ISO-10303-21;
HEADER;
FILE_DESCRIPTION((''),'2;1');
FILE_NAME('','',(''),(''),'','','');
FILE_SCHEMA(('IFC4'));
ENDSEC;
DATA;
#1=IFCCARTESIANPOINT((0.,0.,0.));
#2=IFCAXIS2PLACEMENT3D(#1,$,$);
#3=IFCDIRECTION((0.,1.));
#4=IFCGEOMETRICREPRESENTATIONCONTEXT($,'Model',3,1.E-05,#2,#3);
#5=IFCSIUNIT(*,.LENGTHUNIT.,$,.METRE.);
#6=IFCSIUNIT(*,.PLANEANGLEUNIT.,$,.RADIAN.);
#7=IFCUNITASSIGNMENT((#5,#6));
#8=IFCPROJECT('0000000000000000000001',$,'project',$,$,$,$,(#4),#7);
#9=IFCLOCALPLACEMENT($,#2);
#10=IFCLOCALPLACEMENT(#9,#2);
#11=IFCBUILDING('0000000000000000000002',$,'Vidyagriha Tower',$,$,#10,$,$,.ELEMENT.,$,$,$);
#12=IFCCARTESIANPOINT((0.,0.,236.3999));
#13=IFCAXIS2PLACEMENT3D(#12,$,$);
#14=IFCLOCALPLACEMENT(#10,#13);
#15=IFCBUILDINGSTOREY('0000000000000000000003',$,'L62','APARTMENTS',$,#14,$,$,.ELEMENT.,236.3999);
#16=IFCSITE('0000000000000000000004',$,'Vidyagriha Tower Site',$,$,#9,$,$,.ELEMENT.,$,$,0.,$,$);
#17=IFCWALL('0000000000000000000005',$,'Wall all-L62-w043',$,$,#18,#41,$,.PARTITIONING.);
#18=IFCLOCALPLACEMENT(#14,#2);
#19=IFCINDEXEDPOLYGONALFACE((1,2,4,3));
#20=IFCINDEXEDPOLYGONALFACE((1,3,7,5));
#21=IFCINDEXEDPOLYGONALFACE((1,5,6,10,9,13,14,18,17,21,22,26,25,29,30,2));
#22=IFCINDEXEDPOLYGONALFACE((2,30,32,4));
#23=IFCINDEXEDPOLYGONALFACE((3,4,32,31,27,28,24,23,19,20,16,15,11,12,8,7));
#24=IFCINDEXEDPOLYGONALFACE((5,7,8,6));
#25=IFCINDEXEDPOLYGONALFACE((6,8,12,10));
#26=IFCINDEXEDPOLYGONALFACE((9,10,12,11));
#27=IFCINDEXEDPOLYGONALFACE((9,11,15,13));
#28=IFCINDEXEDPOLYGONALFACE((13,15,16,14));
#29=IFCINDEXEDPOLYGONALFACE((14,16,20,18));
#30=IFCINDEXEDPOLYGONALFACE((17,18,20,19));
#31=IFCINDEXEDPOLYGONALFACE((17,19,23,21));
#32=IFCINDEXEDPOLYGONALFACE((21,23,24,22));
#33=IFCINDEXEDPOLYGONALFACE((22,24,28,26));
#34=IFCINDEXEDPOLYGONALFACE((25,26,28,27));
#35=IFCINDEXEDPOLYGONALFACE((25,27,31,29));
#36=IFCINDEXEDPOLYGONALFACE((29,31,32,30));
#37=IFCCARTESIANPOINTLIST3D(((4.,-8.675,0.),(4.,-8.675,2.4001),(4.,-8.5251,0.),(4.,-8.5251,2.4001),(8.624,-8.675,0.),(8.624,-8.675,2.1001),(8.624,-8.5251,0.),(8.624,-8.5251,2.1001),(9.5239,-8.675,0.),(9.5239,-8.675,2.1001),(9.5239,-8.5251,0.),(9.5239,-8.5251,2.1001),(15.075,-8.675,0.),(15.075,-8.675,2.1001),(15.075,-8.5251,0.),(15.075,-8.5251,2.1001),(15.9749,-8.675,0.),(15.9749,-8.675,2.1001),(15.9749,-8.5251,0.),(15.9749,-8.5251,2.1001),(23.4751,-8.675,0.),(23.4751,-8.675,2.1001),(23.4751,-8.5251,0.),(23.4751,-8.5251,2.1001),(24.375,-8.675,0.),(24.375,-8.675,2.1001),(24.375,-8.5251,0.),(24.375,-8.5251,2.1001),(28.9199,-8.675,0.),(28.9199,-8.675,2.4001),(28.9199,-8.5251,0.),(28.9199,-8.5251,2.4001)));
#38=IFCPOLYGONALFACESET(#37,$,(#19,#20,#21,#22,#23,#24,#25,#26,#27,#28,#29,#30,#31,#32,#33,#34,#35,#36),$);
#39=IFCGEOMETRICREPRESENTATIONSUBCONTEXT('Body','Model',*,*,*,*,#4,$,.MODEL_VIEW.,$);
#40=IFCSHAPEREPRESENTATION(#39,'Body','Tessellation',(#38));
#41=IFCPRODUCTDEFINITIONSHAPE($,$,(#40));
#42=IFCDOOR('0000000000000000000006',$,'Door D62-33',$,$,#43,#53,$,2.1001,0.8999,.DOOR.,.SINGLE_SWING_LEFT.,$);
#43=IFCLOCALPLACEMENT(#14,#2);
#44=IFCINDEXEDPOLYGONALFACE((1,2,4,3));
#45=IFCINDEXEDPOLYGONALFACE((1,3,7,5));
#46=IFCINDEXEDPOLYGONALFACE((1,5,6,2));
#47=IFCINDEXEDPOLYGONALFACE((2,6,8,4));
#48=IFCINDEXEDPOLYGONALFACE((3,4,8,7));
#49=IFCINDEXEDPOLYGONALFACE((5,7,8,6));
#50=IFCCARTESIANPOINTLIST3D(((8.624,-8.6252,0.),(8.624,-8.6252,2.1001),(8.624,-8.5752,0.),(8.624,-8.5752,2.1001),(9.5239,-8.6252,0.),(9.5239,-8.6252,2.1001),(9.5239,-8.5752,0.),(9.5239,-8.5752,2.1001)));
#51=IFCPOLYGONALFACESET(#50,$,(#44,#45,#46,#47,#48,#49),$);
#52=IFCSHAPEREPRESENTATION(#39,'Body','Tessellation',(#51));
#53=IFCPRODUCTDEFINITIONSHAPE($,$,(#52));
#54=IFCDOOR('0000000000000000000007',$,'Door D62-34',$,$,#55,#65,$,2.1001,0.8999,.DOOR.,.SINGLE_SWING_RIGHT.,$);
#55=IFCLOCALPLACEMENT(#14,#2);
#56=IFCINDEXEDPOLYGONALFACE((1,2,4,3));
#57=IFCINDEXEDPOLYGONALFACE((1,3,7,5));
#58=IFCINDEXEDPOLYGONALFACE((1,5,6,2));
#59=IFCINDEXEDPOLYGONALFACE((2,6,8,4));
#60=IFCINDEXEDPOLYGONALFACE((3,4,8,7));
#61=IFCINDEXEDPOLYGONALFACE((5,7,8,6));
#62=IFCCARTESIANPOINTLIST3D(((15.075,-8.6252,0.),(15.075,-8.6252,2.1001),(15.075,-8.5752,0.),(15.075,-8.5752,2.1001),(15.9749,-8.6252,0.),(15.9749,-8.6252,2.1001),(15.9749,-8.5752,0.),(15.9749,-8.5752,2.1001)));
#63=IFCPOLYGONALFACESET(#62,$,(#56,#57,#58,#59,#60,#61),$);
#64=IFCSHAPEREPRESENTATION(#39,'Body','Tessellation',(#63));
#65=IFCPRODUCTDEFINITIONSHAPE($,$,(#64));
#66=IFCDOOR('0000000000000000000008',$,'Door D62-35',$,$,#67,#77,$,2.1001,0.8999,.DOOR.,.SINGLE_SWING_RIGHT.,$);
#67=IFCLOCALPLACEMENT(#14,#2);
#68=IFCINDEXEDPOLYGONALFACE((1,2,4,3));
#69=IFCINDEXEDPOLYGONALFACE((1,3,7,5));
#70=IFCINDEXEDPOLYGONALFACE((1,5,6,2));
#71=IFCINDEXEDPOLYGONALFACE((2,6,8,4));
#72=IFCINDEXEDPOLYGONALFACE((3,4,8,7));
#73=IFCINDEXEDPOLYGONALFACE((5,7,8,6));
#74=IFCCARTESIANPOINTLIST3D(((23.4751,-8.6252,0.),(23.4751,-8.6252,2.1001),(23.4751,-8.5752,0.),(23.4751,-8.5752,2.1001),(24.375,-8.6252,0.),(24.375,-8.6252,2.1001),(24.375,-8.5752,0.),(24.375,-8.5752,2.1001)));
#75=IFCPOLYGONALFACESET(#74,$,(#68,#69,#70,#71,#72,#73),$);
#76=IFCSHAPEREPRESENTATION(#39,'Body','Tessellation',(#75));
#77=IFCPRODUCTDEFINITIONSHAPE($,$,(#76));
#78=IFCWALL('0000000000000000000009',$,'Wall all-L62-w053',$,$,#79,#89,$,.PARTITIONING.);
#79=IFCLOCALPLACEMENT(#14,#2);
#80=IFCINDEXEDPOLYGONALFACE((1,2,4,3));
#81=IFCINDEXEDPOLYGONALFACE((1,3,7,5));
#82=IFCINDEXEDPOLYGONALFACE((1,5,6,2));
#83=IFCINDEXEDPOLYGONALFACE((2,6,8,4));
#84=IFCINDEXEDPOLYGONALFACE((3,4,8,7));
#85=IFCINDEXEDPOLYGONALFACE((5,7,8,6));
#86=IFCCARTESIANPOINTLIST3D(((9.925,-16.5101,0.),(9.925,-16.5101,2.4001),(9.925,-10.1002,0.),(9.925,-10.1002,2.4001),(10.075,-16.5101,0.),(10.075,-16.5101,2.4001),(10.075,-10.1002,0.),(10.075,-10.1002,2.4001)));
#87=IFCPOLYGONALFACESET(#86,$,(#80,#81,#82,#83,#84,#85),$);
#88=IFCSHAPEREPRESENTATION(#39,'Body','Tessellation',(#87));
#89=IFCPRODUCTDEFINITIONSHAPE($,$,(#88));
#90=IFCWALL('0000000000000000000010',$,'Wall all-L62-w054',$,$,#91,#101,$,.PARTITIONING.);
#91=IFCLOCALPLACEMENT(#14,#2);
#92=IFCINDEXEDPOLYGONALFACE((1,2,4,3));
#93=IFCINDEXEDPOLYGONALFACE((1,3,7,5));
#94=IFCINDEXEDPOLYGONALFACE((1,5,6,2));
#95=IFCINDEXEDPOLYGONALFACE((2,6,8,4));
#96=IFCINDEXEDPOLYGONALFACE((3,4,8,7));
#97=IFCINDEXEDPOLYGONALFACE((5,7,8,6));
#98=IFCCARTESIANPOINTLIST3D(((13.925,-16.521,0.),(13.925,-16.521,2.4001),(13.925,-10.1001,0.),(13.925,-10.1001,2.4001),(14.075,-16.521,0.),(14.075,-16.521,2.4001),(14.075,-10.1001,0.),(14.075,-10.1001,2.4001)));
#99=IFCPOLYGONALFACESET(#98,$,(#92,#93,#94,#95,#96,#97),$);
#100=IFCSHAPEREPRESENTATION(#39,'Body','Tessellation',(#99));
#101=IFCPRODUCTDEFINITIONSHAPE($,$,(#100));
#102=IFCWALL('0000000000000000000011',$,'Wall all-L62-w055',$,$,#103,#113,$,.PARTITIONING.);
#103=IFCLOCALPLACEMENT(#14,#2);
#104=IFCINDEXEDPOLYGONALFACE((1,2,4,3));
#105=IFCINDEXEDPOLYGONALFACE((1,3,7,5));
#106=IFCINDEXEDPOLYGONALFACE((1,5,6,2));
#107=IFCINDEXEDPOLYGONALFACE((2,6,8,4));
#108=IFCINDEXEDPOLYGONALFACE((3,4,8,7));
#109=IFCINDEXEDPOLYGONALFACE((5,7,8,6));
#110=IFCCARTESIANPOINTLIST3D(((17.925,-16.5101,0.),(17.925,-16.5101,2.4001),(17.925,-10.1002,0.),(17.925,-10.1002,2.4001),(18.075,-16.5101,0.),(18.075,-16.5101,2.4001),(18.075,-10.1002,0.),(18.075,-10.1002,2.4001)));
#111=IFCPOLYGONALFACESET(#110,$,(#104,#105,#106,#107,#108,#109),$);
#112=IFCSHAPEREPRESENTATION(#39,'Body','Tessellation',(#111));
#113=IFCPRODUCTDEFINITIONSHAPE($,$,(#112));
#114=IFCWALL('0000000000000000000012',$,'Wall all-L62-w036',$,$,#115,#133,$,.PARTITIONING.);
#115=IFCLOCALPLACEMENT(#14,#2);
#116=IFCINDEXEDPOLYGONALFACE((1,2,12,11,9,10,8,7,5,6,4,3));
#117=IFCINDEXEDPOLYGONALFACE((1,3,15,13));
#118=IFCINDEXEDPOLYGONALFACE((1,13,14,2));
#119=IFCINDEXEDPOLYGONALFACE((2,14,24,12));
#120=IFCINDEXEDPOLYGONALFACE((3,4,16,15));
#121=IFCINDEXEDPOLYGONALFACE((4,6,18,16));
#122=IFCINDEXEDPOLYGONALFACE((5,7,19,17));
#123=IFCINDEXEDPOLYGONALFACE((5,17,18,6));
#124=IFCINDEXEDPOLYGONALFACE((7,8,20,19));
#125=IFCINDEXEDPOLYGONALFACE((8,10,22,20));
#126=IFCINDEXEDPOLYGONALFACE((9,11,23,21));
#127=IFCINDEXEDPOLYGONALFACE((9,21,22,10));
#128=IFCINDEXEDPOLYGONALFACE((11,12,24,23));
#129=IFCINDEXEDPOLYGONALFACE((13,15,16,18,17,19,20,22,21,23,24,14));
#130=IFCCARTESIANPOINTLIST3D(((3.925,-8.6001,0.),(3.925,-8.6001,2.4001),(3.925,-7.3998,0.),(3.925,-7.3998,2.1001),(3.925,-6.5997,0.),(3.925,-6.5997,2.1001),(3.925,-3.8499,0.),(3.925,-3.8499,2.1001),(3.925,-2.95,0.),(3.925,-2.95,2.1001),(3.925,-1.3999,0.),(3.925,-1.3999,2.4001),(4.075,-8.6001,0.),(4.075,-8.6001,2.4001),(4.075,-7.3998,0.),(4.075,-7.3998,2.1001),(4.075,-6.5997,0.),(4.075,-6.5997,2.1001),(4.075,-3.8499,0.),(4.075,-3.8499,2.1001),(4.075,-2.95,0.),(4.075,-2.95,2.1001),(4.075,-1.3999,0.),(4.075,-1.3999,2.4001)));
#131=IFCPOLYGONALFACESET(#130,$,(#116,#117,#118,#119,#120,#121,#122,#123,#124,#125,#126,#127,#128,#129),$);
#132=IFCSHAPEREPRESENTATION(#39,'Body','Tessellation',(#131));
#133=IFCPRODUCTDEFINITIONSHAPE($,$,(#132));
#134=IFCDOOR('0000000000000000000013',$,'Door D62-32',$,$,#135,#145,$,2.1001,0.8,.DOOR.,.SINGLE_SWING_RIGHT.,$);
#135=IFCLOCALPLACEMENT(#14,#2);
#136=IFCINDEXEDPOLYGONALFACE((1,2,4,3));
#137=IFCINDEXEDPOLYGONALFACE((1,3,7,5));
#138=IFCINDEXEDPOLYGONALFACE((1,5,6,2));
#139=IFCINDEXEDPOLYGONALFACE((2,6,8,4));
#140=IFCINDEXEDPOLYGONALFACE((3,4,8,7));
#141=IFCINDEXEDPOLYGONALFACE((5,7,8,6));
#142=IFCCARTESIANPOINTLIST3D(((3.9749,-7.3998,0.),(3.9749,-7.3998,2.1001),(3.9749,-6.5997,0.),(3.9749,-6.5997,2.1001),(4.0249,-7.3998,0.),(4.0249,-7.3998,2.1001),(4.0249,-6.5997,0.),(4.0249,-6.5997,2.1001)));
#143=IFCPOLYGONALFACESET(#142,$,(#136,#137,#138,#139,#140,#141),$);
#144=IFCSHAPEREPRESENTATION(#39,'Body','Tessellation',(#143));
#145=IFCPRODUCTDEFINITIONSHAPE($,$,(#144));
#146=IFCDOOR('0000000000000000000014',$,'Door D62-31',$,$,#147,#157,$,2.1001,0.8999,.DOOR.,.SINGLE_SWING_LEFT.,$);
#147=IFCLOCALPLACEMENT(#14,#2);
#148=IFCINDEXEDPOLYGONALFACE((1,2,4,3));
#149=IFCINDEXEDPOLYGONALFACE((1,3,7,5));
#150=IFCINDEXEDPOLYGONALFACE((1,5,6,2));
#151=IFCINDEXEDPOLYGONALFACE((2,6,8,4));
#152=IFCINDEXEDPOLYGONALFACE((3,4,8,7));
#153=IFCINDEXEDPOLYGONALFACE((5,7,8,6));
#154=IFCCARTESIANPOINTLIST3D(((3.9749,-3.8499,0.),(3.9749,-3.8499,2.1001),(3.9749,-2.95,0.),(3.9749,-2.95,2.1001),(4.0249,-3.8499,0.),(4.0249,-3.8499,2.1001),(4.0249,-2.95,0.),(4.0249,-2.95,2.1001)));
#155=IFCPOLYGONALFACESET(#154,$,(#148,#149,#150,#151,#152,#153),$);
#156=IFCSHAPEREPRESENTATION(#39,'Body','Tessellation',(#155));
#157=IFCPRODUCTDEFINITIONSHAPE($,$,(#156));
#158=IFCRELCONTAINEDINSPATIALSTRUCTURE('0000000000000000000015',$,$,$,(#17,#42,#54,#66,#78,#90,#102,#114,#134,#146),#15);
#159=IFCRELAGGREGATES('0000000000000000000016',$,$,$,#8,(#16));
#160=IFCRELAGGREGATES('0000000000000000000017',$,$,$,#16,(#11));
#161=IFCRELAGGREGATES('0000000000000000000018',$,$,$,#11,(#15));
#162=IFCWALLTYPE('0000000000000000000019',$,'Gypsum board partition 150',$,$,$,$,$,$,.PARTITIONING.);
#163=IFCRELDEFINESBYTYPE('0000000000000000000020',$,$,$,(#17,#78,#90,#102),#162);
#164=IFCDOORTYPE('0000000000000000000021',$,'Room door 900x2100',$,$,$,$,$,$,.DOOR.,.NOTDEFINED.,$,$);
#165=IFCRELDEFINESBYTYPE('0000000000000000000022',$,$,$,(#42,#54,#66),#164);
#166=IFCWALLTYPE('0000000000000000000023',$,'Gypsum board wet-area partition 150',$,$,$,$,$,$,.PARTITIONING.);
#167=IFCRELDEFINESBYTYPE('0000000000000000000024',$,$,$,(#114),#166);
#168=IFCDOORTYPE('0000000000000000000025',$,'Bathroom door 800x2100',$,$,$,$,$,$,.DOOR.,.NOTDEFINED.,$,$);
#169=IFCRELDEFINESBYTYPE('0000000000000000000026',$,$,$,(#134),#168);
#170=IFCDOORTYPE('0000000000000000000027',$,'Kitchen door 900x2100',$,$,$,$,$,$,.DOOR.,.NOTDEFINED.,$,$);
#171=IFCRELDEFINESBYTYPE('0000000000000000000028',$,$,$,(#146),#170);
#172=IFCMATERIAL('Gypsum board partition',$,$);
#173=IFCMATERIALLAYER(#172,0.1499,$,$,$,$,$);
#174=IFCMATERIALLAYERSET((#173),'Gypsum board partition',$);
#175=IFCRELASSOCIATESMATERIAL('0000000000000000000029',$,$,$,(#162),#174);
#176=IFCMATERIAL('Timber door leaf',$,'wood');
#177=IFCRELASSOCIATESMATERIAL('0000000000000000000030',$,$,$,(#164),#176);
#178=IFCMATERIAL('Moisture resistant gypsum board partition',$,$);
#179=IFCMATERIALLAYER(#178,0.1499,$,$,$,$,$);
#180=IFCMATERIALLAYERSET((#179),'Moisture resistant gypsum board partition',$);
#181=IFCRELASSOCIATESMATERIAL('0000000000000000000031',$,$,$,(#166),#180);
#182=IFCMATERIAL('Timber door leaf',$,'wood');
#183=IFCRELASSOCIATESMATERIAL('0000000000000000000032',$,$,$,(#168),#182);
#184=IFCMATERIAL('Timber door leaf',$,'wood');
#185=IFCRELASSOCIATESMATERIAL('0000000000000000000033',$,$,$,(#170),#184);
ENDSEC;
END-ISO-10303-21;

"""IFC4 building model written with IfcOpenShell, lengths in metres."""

from ifc_helpers import new_model, si_unit, direction, frame, frame_2d, origin, place, context, subcontext, project, spatial, rectangle, extrude, material, layer, layer_set, type_object, element, fill, save


model = new_model("IFC4")

# Units and contexts
model_context = context("Model", 3, precision=1e-05, world=origin(), true_north=direction((0.0, 1.0)))
body_context = subcontext(model_context, "Body", "Model", "MODEL_VIEW")
ifc_project = project(units=[si_unit("LENGTHUNIT", "METRE"), si_unit("PLANEANGLEUNIT", "RADIAN")], contexts=[model_context])

# Site, building, storey
site_placement = place(None, origin())
site = spatial("IfcSite", under=ifc_project, at=site_placement, Name="Vidyagriha Tower Site", CompositionType="ELEMENT", RefElevation=0.0)
building_placement = place(site_placement, origin())
building = spatial("IfcBuilding", under=site, at=building_placement, Name="Vidyagriha Tower", CompositionType="ELEMENT")
storey_placement = place(building_placement, frame((0.0, 0.0, 236.3999)))
storey = spatial("IfcBuildingStorey", under=building, at=storey_placement, Name="L62", Description="APARTMENTS", CompositionType="ELEMENT", Elevation=236.3999)

# Shared definitions
ifc_material_1 = material(Name="Gypsum board partition")
ifc_layer_1 = layer(ifc_material_1, 0.1499)
ifc_layer_set_1 = layer_set([ifc_layer_1], Name="Gypsum board partition")
wall_type_1 = type_object("IfcWallType", Name="Gypsum board partition 150", PredefinedType="PARTITIONING", material=ifc_layer_set_1)

# Wall, openings, doors
wall_1_placement = place(storey_placement, frame((4.0, -8.6001, 0.0)))
wall_1 = element("IfcWall", 1, at=wall_1_placement, inside=storey, type_object=wall_type_1, Name="Wall all-L62-w043", PredefinedType="PARTITIONING", context=body_context, shape_type="SweptSolid", body=[
    extrude(rectangle(XDim=24.9199, YDim=0.1499, at=frame_2d((12.46, 0.0))), origin(), (0.0, 0.0, 1.0), 2.4001),
])
opening_1_placement = place(wall_1_placement, frame((4.624, 0.0, 0.0)))
opening_1 = element("IfcOpeningElement", 2, at=opening_1_placement, cuts=wall_1, PredefinedType="OPENING", context=body_context, shape_type="SweptSolid", body=[
    extrude(rectangle(XDim=0.8999, YDim=2.1001, at=frame_2d((0.45, 1.05))), frame((0.0, 0.085, 0.0), z_axis=(0.0, -1.0, 0.0), x_axis=(1.0, 0.0, 0.0)), (0.0, 0.0, 1.0), 0.1699),
])
opening_2_placement = place(wall_1_placement, frame((11.075, 0.0, 0.0)))
opening_2 = element("IfcOpeningElement", 3, at=opening_2_placement, cuts=wall_1, PredefinedType="OPENING", context=body_context, shape_type="SweptSolid", body=[
    extrude(rectangle(XDim=0.8999, YDim=2.1001, at=frame_2d((0.45, 1.05))), frame((0.0, 0.085, 0.0), z_axis=(0.0, -1.0, 0.0), x_axis=(1.0, 0.0, 0.0)), (0.0, 0.0, 1.0), 0.1699),
])
opening_3_placement = place(wall_1_placement, frame((19.4751, 0.0, 0.0)))
opening_3 = element("IfcOpeningElement", 4, at=opening_3_placement, cuts=wall_1, PredefinedType="OPENING", context=body_context, shape_type="SweptSolid", body=[
    extrude(rectangle(XDim=0.8999, YDim=2.1001, at=frame_2d((0.45, 1.05))), frame((0.0, 0.085, 0.0), z_axis=(0.0, -1.0, 0.0), x_axis=(1.0, 0.0, 0.0)), (0.0, 0.0, 1.0), 0.1699),
])
ifc_material_2 = material(Name="Timber door leaf", Category="wood")
door_type_1 = type_object("IfcDoorType", Name="Room door 900x2100", OperationType="NOTDEFINED", PredefinedType="DOOR", material=ifc_material_2)
door_1_placement = place(opening_1_placement, origin())
door_1 = element("IfcDoor", 5, at=door_1_placement, inside=storey, type_object=door_type_1, Name="Door D62-33", OperationType="SINGLE_SWING_LEFT", OverallHeight=2.1001, OverallWidth=0.8999, PredefinedType="DOOR", context=body_context, shape_type="SweptSolid", body=[
    extrude(rectangle(XDim=0.8999, YDim=2.1001, at=frame_2d((0.45, 1.05))), frame((0.0, 0.0249, 0.0), z_axis=(0.0, -1.0, 0.0), x_axis=(1.0, 0.0, 0.0)), (0.0, 0.0, 1.0), 0.05),
])
fill(opening_1, door_1)
door_2_placement = place(opening_2_placement, origin())
door_2 = element("IfcDoor", 6, at=door_2_placement, inside=storey, type_object=door_type_1, Name="Door D62-34", OperationType="SINGLE_SWING_RIGHT", OverallHeight=2.1001, OverallWidth=0.8999, PredefinedType="DOOR", context=body_context, shape_type="SweptSolid", body=[
    extrude(rectangle(XDim=0.8999, YDim=2.1001, at=frame_2d((0.45, 1.05))), frame((0.0, 0.0249, 0.0), z_axis=(0.0, -1.0, 0.0), x_axis=(1.0, 0.0, 0.0)), (0.0, 0.0, 1.0), 0.05),
])
fill(opening_2, door_2)
door_3_placement = place(opening_3_placement, origin())
door_3 = element("IfcDoor", 7, at=door_3_placement, inside=storey, type_object=door_type_1, Name="Door D62-35", OperationType="SINGLE_SWING_RIGHT", OverallHeight=2.1001, OverallWidth=0.8999, PredefinedType="DOOR", context=body_context, shape_type="SweptSolid", body=[
    extrude(rectangle(XDim=0.8999, YDim=2.1001, at=frame_2d((0.45, 1.05))), frame((0.0, 0.0249, 0.0), z_axis=(0.0, -1.0, 0.0), x_axis=(1.0, 0.0, 0.0)), (0.0, 0.0, 1.0), 0.05),
])
fill(opening_3, door_3)

# Walls
wall_2_placement = place(storey_placement, frame((10.0, -10.1001, 0.0), z_axis=(0.0, 0.0, 1.0), x_axis=(0.0, -1.0, 0.0)))
element("IfcWall", 8, at=wall_2_placement, inside=storey, type_object=wall_type_1, Name="Wall all-L62-w053", PredefinedType="PARTITIONING", context=body_context, shape_type="SweptSolid", body=[
    extrude(rectangle(XDim=6.4099, YDim=0.1499, at=frame_2d((3.2051, 0.0))), origin(), (0.0, 0.0, 1.0), 2.4001),
])
wall_3_placement = place(storey_placement, frame((14.0, -10.1001, 0.0), z_axis=(0.0, 0.0, 1.0), x_axis=(0.0, -1.0, 0.0)))
element("IfcWall", 9, at=wall_3_placement, inside=storey, type_object=wall_type_1, Name="Wall all-L62-w054", PredefinedType="PARTITIONING", context=body_context, shape_type="SweptSolid", body=[
    extrude(rectangle(XDim=6.4209, YDim=0.1499, at=frame_2d((3.2104, 0.0))), origin(), (0.0, 0.0, 1.0), 2.4001),
])
wall_4_placement = place(storey_placement, frame((18.0, -10.1001, 0.0), z_axis=(0.0, 0.0, 1.0), x_axis=(0.0, -1.0, 0.0)))
element("IfcWall", 10, at=wall_4_placement, inside=storey, type_object=wall_type_1, Name="Wall all-L62-w055", PredefinedType="PARTITIONING", context=body_context, shape_type="SweptSolid", body=[
    extrude(rectangle(XDim=6.4099, YDim=0.1499, at=frame_2d((3.2051, 0.0))), origin(), (0.0, 0.0, 1.0), 2.4001),
])

# Wall, openings, doors
ifc_material_3 = material(Name="Moisture resistant gypsum board partition")
ifc_layer_2 = layer(ifc_material_3, 0.1499)
ifc_layer_set_2 = layer_set([ifc_layer_2], Name="Moisture resistant gypsum board partition")
wall_type_2 = type_object("IfcWallType", Name="Gypsum board wet-area partition 150", PredefinedType="PARTITIONING", material=ifc_layer_set_2)
wall_5_placement = place(storey_placement, frame((4.0, -1.3999, 0.0), z_axis=(0.0, 0.0, 1.0), x_axis=(0.0, -1.0, 0.0)))
wall_5 = element("IfcWall", 11, at=wall_5_placement, inside=storey, type_object=wall_type_2, Name="Wall all-L62-w036", PredefinedType="PARTITIONING", context=body_context, shape_type="SweptSolid", body=[
    extrude(rectangle(XDim=7.2002, YDim=0.1499, at=frame_2d((3.6001, 0.0))), origin(), (0.0, 0.0, 1.0), 2.4001),
])
opening_4_placement = place(wall_5_placement, frame((1.55, 0.0, 0.0)))
opening_4 = element("IfcOpeningElement", 12, at=opening_4_placement, cuts=wall_5, PredefinedType="OPENING", context=body_context, shape_type="SweptSolid", body=[
    extrude(rectangle(XDim=0.8999, YDim=2.1001, at=frame_2d((0.45, 1.05))), frame((0.0, 0.085, 0.0), z_axis=(0.0, -1.0, 0.0), x_axis=(1.0, 0.0, 0.0)), (0.0, 0.0, 1.0), 0.1699),
])
opening_5_placement = place(wall_5_placement, frame((5.2, 0.0, 0.0)))
opening_5 = element("IfcOpeningElement", 13, at=opening_5_placement, cuts=wall_5, PredefinedType="OPENING", context=body_context, shape_type="SweptSolid", body=[
    extrude(rectangle(XDim=0.8, YDim=2.1001, at=frame_2d((0.3999, 1.05))), frame((0.0, 0.085, 0.0), z_axis=(0.0, -1.0, 0.0), x_axis=(1.0, 0.0, 0.0)), (0.0, 0.0, 1.0), 0.1699),
])
ifc_material_4 = material(Name="Timber door leaf", Category="wood")
door_type_2 = type_object("IfcDoorType", Name="Bathroom door 800x2100", OperationType="NOTDEFINED", PredefinedType="DOOR", material=ifc_material_4)
door_4_placement = place(opening_5_placement, origin())
door_4 = element("IfcDoor", 14, at=door_4_placement, inside=storey, type_object=door_type_2, Name="Door D62-32", OperationType="SINGLE_SWING_RIGHT", OverallHeight=2.1001, OverallWidth=0.8, PredefinedType="DOOR", context=body_context, shape_type="SweptSolid", body=[
    extrude(rectangle(XDim=0.8, YDim=2.1001, at=frame_2d((0.3999, 1.05))), frame((0.0, 0.0249, 0.0), z_axis=(0.0, -1.0, 0.0), x_axis=(1.0, 0.0, 0.0)), (0.0, 0.0, 1.0), 0.05),
])
fill(opening_5, door_4)
ifc_material_5 = material(Name="Timber door leaf", Category="wood")
door_type_3 = type_object("IfcDoorType", Name="Kitchen door 900x2100", OperationType="NOTDEFINED", PredefinedType="DOOR", material=ifc_material_5)
door_5_placement = place(opening_4_placement, origin())
door_5 = element("IfcDoor", 15, at=door_5_placement, inside=storey, type_object=door_type_3, Name="Door D62-31", OperationType="SINGLE_SWING_LEFT", OverallHeight=2.1001, OverallWidth=0.8999, PredefinedType="DOOR", context=body_context, shape_type="SweptSolid", body=[
    extrude(rectangle(XDim=0.8999, YDim=2.1001, at=frame_2d((0.45, 1.05))), frame((0.0, 0.0249, 0.0), z_axis=(0.0, -1.0, 0.0), x_axis=(1.0, 0.0, 0.0)), (0.0, 0.0, 1.0), 0.05),
])
fill(opening_4, door_5)

save(model, "model.ifc")
